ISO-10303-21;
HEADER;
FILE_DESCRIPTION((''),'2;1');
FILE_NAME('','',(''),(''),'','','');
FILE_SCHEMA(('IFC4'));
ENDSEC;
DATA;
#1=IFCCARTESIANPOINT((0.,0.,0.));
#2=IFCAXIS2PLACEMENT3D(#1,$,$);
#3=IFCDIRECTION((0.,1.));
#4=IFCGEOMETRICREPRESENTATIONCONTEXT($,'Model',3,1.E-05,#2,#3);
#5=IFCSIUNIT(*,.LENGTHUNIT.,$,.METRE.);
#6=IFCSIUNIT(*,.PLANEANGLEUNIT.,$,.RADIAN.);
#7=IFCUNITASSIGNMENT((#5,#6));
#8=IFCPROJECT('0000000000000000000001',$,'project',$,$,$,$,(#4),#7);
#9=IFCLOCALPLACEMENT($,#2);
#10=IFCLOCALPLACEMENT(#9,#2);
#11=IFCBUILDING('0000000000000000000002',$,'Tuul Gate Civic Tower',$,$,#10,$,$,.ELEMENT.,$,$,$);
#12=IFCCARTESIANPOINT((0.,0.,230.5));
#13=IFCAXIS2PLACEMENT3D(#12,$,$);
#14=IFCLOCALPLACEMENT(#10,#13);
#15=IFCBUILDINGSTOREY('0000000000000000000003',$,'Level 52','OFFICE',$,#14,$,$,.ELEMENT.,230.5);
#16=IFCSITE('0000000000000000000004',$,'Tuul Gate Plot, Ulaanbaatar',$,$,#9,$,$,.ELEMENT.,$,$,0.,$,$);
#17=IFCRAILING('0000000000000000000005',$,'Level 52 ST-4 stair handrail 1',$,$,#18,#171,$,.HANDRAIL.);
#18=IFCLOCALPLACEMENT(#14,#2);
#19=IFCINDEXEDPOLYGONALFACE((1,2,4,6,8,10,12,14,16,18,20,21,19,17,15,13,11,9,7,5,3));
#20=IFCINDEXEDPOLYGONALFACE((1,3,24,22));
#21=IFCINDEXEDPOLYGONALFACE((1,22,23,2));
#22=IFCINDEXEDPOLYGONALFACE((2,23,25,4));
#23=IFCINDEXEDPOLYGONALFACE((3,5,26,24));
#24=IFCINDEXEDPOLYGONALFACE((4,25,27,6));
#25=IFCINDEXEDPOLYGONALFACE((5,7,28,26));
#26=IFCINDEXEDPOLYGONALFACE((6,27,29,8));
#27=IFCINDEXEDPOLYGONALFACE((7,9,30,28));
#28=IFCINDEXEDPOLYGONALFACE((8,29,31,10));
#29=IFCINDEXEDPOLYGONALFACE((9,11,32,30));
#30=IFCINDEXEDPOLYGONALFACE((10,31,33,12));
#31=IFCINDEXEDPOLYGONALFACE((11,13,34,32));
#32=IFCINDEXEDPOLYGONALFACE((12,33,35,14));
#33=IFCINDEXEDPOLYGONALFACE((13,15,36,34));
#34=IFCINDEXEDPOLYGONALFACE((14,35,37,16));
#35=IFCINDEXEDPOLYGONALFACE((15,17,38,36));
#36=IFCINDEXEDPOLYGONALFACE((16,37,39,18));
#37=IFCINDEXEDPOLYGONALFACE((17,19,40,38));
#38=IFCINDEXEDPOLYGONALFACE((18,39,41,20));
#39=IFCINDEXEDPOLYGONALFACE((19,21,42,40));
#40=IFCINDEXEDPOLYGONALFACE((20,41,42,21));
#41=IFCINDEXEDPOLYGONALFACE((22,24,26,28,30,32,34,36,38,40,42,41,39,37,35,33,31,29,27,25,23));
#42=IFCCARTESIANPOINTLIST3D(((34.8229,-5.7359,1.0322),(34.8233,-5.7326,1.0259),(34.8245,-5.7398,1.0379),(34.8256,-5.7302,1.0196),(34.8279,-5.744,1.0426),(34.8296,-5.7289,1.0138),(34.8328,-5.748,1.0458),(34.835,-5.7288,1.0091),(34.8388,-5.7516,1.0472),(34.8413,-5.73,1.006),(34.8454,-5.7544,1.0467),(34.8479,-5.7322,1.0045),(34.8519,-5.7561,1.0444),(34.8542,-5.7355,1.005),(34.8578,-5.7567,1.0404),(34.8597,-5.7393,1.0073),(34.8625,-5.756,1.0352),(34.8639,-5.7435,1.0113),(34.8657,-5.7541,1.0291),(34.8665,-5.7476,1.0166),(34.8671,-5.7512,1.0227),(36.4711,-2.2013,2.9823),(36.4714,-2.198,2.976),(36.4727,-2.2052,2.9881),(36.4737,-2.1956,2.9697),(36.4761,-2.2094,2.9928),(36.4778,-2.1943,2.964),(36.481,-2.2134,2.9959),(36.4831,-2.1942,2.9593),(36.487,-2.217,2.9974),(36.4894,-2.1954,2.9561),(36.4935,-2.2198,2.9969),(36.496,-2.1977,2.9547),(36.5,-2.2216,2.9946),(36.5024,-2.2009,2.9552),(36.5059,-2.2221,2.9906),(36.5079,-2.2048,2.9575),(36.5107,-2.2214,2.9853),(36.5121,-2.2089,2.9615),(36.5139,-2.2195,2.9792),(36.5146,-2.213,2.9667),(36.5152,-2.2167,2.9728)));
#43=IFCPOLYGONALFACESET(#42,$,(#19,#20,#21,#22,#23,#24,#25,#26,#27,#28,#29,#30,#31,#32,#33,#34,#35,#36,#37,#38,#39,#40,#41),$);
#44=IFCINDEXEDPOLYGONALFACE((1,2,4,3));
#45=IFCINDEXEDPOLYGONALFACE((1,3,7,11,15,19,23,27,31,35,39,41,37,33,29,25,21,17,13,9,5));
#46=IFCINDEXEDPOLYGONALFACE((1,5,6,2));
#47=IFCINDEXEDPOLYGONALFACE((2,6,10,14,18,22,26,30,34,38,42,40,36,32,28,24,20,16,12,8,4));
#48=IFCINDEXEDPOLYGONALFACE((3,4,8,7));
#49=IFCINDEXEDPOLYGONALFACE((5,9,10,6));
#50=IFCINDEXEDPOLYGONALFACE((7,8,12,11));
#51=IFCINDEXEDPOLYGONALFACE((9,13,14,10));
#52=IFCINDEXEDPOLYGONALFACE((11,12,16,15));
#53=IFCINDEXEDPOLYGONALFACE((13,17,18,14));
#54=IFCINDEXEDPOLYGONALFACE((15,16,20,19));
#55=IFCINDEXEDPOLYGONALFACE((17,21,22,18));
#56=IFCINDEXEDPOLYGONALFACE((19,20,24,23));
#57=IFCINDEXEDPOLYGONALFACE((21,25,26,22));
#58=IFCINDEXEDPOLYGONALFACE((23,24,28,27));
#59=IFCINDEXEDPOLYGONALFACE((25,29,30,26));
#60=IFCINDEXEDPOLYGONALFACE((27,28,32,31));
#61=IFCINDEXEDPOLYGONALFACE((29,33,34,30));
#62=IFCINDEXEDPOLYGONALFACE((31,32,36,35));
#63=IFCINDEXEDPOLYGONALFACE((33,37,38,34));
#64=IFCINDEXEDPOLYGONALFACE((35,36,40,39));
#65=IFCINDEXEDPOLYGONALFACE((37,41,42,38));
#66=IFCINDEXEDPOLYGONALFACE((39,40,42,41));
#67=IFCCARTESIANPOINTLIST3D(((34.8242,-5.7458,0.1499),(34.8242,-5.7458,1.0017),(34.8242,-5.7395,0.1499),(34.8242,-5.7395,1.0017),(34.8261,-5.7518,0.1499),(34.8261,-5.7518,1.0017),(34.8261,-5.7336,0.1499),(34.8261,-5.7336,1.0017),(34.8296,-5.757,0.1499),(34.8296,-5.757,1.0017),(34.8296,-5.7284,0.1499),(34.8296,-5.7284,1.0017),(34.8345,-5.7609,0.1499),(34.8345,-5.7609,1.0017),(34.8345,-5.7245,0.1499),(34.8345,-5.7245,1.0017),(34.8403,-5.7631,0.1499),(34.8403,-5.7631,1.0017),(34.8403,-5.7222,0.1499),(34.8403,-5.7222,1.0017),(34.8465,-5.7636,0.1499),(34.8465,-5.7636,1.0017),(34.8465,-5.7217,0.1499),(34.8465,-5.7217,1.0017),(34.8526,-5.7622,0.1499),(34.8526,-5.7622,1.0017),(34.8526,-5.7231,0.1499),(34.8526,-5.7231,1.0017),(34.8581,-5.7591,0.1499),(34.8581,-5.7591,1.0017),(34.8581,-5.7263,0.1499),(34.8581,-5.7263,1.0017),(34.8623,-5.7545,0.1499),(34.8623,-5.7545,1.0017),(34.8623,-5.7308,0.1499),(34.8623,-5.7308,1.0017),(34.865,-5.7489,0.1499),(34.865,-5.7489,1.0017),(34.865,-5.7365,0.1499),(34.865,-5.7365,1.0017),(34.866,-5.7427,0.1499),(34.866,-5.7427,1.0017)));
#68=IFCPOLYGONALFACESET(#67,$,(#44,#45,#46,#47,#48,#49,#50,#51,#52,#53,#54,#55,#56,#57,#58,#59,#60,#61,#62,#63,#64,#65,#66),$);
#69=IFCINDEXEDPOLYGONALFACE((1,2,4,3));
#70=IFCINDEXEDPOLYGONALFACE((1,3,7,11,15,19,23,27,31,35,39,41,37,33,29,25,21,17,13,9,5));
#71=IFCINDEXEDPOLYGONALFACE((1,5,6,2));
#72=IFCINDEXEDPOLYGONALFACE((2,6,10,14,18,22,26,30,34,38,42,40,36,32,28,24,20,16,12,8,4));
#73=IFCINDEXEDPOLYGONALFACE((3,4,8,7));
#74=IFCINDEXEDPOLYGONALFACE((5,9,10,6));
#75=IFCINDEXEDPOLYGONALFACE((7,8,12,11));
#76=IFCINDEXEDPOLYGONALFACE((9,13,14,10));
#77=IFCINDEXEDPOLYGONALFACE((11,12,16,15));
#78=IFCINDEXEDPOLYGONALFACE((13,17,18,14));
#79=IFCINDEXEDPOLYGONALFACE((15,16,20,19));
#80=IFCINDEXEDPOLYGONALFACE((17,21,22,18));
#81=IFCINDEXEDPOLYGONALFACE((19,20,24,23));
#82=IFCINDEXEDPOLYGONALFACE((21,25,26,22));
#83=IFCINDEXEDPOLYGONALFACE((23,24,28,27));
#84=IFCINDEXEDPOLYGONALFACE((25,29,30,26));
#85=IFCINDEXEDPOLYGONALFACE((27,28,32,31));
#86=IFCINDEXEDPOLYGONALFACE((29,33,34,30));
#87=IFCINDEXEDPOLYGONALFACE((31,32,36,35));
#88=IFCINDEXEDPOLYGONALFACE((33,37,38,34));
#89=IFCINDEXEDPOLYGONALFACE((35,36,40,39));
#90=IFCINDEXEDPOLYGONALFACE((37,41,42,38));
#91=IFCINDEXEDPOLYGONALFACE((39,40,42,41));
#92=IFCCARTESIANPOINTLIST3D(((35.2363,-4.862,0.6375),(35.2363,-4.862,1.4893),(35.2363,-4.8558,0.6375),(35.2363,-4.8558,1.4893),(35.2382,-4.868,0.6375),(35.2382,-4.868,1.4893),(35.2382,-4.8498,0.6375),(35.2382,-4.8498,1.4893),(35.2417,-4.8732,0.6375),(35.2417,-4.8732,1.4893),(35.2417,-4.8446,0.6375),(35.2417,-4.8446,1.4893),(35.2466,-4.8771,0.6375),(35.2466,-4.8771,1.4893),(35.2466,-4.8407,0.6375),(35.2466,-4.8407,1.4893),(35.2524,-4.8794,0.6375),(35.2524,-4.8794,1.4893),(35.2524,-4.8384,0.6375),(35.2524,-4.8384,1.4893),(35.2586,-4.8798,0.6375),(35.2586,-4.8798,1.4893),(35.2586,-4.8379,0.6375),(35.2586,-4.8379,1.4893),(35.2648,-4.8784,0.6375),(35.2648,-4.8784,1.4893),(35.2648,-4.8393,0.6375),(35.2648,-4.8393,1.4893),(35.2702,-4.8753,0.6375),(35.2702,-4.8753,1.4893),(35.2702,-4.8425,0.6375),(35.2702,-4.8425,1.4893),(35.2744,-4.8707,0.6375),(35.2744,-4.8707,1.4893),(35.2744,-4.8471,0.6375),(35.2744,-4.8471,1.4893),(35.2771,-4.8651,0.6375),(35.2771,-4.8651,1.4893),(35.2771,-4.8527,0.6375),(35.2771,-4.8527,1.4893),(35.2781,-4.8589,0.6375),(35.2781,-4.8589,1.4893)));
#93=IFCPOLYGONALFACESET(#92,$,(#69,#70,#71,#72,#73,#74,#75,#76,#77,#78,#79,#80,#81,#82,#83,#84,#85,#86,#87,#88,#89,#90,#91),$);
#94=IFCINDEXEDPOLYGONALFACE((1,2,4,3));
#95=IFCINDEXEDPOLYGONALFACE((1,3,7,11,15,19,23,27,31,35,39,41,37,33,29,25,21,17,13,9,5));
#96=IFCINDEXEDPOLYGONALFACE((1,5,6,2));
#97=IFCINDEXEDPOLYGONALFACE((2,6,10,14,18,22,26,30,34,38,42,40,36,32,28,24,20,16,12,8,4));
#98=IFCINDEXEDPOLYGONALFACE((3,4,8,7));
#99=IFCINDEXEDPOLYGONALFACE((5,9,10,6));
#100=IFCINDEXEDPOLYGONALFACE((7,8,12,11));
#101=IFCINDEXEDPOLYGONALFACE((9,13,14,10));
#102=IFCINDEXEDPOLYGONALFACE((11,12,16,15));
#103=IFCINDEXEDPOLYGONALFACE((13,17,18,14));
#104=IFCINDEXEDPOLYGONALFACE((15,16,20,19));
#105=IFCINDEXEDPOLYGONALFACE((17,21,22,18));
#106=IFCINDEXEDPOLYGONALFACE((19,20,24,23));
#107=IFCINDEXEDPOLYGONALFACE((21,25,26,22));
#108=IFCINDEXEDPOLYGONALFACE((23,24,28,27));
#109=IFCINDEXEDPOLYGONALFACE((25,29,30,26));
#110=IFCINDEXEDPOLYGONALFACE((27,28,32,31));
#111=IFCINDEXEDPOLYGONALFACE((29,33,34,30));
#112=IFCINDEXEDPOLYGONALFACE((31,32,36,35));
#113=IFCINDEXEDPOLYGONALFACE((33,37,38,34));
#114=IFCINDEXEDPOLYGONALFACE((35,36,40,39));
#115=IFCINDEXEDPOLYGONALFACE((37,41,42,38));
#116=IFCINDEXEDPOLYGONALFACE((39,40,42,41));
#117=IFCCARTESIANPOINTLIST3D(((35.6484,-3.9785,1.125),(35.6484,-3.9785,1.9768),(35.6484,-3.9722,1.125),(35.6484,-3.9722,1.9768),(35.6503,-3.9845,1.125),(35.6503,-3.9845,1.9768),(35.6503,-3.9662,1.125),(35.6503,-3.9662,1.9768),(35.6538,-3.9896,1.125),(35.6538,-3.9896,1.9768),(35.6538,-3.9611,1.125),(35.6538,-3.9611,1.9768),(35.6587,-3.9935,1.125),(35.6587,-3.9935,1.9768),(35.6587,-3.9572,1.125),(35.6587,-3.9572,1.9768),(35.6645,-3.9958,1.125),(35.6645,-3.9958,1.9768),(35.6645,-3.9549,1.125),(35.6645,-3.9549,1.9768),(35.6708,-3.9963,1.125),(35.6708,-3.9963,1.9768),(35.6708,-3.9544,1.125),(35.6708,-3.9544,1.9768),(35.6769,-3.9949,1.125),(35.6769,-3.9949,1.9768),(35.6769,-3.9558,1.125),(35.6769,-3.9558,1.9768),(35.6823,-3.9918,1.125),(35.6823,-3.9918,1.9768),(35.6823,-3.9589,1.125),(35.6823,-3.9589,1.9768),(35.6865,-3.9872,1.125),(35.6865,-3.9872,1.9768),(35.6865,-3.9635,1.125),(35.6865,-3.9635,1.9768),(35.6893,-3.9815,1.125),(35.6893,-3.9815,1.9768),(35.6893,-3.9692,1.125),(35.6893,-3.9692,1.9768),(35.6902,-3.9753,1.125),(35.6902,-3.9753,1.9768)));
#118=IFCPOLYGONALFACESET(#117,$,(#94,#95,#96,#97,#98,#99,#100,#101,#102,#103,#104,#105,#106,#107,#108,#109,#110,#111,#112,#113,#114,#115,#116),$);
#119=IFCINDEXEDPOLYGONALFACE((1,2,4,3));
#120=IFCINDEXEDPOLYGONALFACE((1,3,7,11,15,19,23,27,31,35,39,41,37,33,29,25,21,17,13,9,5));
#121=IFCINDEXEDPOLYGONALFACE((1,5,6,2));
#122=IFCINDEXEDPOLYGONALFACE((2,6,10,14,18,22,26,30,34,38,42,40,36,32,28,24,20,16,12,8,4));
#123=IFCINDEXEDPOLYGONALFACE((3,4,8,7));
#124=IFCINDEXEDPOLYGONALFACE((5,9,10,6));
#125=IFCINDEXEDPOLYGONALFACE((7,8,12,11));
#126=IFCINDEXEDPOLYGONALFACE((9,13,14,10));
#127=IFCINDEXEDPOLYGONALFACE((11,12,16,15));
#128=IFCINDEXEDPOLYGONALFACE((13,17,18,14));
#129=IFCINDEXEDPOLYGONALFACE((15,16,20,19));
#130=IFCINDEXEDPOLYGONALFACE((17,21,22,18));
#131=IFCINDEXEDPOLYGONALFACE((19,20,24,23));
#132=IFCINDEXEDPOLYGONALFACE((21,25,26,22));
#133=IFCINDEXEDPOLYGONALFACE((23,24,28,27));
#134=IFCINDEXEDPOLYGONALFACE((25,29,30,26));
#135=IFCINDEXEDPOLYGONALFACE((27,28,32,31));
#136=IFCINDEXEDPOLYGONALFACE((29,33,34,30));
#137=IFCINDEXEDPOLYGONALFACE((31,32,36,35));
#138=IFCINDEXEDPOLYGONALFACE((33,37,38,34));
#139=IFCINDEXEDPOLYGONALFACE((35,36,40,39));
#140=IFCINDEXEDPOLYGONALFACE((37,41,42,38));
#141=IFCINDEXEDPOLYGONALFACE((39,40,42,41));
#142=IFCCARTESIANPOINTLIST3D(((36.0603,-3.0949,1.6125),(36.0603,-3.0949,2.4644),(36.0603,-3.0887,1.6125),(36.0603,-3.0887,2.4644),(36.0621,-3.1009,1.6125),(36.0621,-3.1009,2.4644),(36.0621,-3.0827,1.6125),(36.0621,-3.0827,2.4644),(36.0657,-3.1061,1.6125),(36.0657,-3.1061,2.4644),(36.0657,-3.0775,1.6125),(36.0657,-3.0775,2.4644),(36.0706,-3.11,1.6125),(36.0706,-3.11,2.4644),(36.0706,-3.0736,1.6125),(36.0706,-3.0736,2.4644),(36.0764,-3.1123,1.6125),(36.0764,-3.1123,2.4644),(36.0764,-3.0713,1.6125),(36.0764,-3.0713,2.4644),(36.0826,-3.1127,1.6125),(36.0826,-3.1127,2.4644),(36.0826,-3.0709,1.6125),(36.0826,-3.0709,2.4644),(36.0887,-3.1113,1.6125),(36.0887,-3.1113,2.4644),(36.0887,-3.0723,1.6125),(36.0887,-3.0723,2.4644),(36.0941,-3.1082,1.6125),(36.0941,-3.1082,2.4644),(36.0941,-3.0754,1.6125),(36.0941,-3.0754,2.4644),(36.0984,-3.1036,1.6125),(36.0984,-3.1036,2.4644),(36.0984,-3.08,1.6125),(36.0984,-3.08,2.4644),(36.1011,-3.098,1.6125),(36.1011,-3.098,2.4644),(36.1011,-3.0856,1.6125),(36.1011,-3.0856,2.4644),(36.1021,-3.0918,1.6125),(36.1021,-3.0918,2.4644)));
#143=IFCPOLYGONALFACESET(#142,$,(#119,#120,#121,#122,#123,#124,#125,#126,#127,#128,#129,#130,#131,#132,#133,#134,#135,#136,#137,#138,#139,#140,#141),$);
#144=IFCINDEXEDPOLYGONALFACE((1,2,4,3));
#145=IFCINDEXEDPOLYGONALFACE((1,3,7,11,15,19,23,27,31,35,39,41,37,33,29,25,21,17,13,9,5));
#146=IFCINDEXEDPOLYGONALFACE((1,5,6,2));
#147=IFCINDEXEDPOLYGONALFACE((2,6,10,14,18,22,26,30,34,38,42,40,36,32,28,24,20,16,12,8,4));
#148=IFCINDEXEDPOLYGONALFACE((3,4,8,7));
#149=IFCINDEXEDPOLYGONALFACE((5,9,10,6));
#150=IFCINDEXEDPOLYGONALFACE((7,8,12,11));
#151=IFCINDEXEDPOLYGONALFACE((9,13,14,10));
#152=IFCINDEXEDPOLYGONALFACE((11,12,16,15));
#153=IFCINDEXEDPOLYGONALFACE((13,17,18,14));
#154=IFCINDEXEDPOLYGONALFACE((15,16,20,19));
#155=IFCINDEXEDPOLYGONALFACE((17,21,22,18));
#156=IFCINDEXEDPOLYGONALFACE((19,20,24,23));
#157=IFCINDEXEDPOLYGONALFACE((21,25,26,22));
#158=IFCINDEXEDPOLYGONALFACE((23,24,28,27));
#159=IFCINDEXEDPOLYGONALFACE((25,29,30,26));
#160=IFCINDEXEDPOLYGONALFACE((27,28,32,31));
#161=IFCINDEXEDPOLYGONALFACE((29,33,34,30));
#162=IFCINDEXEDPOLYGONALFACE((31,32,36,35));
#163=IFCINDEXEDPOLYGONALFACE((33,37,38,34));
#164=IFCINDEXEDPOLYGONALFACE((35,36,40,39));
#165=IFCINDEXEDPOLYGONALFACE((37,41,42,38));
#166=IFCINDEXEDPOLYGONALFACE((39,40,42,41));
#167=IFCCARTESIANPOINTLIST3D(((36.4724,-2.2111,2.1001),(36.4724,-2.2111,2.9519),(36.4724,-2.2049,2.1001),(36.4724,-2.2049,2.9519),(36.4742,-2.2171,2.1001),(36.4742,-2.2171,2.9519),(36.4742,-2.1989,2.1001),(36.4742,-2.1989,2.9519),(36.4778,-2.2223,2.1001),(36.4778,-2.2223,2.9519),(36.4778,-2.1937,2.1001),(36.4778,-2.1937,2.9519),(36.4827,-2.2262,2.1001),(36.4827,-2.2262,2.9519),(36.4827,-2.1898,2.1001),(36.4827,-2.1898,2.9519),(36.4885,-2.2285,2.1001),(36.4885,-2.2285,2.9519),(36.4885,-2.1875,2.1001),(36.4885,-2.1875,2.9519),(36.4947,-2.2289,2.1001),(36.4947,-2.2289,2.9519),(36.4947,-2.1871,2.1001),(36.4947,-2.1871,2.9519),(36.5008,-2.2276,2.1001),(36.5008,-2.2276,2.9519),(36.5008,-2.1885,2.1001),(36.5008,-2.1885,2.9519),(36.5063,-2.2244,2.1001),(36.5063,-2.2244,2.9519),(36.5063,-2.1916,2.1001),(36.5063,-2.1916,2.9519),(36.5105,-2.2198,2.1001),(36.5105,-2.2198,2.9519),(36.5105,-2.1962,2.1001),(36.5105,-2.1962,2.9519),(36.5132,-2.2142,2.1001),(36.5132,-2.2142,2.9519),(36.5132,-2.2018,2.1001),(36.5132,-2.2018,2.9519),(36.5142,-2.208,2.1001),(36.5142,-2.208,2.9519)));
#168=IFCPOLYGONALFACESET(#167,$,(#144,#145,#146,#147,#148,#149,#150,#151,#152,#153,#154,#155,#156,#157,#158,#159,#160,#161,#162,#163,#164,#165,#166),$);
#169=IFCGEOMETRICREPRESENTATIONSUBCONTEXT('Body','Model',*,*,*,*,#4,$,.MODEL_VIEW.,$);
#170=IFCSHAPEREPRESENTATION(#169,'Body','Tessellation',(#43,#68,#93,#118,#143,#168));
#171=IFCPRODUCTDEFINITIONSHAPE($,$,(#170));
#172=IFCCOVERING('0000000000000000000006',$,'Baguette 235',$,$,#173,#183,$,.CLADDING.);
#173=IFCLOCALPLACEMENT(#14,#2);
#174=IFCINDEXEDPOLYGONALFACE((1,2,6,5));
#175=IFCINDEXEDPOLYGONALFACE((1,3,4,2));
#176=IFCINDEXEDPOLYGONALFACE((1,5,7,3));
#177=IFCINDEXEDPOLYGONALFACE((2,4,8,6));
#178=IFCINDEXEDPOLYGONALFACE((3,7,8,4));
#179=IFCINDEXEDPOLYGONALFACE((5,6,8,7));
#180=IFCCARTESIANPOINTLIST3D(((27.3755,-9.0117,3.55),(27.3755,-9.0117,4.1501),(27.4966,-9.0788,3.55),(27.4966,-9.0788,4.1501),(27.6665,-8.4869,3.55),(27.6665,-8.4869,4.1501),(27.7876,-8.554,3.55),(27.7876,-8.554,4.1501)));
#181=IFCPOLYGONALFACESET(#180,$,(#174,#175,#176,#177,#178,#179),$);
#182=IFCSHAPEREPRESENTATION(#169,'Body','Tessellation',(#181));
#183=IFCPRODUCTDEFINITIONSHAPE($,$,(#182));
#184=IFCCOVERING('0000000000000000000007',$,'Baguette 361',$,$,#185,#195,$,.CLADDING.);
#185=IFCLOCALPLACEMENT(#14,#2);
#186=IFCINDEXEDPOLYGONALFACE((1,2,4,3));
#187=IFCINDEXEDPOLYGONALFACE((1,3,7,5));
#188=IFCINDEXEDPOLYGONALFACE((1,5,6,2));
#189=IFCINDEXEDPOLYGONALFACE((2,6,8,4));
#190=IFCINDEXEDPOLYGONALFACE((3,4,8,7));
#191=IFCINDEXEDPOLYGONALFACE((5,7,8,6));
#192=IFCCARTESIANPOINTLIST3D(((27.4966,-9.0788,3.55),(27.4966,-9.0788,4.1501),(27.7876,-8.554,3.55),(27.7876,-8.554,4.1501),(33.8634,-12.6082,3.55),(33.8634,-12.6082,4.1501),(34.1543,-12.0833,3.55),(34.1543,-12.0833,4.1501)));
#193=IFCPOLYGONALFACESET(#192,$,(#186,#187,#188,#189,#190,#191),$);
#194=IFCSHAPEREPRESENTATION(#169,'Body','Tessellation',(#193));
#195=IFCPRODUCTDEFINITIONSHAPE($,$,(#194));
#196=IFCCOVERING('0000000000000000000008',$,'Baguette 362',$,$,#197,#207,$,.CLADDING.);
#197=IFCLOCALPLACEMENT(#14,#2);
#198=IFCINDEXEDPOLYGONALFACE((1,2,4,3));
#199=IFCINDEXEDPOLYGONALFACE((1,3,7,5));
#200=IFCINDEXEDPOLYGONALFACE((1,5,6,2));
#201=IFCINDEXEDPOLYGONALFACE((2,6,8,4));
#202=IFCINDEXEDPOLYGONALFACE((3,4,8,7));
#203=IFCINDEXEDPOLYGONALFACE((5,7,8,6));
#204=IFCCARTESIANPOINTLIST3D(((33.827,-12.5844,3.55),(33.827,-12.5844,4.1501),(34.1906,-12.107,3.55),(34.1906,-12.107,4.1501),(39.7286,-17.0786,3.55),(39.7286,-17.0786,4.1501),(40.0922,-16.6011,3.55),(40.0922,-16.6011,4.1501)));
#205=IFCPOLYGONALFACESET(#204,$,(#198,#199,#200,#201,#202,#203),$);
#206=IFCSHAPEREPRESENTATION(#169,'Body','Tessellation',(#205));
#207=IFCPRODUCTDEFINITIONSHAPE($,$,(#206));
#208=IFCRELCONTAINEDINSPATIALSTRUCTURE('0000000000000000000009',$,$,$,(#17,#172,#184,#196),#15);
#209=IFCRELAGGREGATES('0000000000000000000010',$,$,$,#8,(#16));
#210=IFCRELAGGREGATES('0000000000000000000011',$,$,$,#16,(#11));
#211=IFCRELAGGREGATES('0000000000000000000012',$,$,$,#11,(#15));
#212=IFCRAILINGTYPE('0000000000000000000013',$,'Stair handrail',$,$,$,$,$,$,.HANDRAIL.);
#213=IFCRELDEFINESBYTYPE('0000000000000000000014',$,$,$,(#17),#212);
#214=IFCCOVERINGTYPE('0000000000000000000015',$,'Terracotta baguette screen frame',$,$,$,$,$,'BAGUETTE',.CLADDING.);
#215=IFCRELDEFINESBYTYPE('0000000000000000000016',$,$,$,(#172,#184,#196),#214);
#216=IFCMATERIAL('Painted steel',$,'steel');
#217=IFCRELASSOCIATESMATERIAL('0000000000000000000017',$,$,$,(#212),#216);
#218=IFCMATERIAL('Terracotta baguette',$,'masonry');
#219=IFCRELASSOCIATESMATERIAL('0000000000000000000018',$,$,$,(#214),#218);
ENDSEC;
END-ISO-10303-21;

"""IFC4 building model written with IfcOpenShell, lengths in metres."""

from ifc_helpers import new_model, si_unit, direction, frame, origin, origin_2d, place, context, subcontext, project, spatial, rectangle, circle, extrude, material, material_profile, profile_set, type_object, element, save


model = new_model("IFC4")

# Units and contexts
model_context = context("Model", 3, precision=1e-05, world=origin(), true_north=direction((0.0, 1.0)))
body_context = subcontext(model_context, "Body", "Model", "MODEL_VIEW")
ifc_project = project(units=[si_unit("LENGTHUNIT", "METRE"), si_unit("PLANEANGLEUNIT", "RADIAN")], contexts=[model_context])

# Site, building, storey
site_placement = place(None, origin())
site = spatial("IfcSite", under=ifc_project, at=site_placement, Name="Tuul Gate Plot, Ulaanbaatar", CompositionType="ELEMENT", RefElevation=0.0)
building_placement = place(site_placement, origin())
building = spatial("IfcBuilding", under=site, at=building_placement, Name="Tuul Gate Civic Tower", CompositionType="ELEMENT")
storey_placement = place(building_placement, frame((0.0, 0.0, 230.5)))
storey = spatial("IfcBuildingStorey", under=building, at=storey_placement, Name="Level 52", Description="OFFICE", CompositionType="ELEMENT", Elevation=230.5)

# Railing
ifc_material_1 = material(Name="Painted steel", Category="steel")
railing_type_1 = type_object("IfcRailingType", Name="Stair handrail", PredefinedType="HANDRAIL", material=ifc_material_1)
railing_1_placement = place(storey_placement, frame((34.845, -5.7427, 0.1499)))
element("IfcRailing", 1, at=railing_1_placement, inside=storey, type_object=railing_type_1, Name="Level 52 ST-4 stair handrail 1", PredefinedType="HANDRAIL", context=body_context, shape_type="SweptSolid", body=[
    extrude(circle(Radius=0.0239, at=origin_2d()), frame((0.0, 0.0, 0.876), z_axis=(0.377985, 0.810617, 0.447245), x_axis=(-0.906313, 0.422608, 0.0)), (0.0, 0.0, 1.0), 4.3604),
    extrude(circle(Radius=0.021, at=origin_2d()), origin(), (0.0, 0.0, 1.0), 0.8518),
    extrude(circle(Radius=0.021, at=origin_2d()), frame((0.4121, 0.8838, 0.4875)), (0.0, 0.0, 1.0), 0.8518),
    extrude(circle(Radius=0.021, at=origin_2d()), frame((0.8242, 1.7673, 0.9751)), (0.0, 0.0, 1.0), 0.8518),
    extrude(circle(Radius=0.021, at=origin_2d()), frame((1.2361, 2.6509, 1.4626)), (0.0, 0.0, 1.0), 0.8518),
    extrude(circle(Radius=0.021, at=origin_2d()), frame((1.6482, 3.5347, 1.9502)), (0.0, 0.0, 1.0), 0.8518),
])

# Coverings
ifc_material_2 = material(Name="Terracotta baguette", Category="masonry")
ifc_material_profile_1 = material_profile(ifc_material_2, rectangle(XDim=0.6001, YDim=0.6001, at=origin_2d()), Name="Terracotta baguette screen frame")
ifc_profile_set_1 = profile_set([ifc_material_profile_1], Name="Terracotta baguette")
covering_type = type_object("IfcCoveringType", Name="Terracotta baguette screen frame", ElementType="BAGUETTE", PredefinedType="CLADDING", material=ifc_profile_set_1)
covering_1_placement = place(storey_placement, frame((27.521, -8.7493, 3.8501), z_axis=(0.874573, -0.484894, 0.0), x_axis=(0.484894, 0.874573, 0.0)))
element("IfcCovering", 2, at=covering_1_placement, inside=storey, type_object=covering_type, Name="Baguette 235", PredefinedType="CLADDING", context=body_context, shape_type="SweptSolid", body=[
    extrude(rectangle(XDim=0.6001, YDim=0.6001, at=origin_2d()), origin(), (0.0, 0.0, 1.0), 0.1384),
])
covering_2_placement = place(storey_placement, frame((27.6421, -8.8164, 3.8501), z_axis=(0.874609, -0.484828, 0.0), x_axis=(0.484828, 0.874609, 0.0)))
element("IfcCovering", 3, at=covering_2_placement, inside=storey, type_object=covering_type, Name="Baguette 361", PredefinedType="CLADDING", context=body_context, shape_type="SweptSolid", body=[
    extrude(rectangle(XDim=0.6001, YDim=0.6001, at=origin_2d()), origin(), (0.0, 0.0, 1.0), 7.2795),
])
covering_3_placement = place(storey_placement, frame((34.0088, -12.3457, 3.8501), z_axis=(0.795583, -0.605845, 0.0), x_axis=(0.605845, 0.795583, 0.0)))
element("IfcCovering", 4, at=covering_3_placement, inside=storey, type_object=covering_type, Name="Baguette 362", PredefinedType="CLADDING", context=body_context, shape_type="SweptSolid", body=[
    extrude(rectangle(XDim=0.6001, YDim=0.6001, at=origin_2d()), origin(), (0.0, 0.0, 1.0), 7.418),
])

save(model, "model.ifc")
